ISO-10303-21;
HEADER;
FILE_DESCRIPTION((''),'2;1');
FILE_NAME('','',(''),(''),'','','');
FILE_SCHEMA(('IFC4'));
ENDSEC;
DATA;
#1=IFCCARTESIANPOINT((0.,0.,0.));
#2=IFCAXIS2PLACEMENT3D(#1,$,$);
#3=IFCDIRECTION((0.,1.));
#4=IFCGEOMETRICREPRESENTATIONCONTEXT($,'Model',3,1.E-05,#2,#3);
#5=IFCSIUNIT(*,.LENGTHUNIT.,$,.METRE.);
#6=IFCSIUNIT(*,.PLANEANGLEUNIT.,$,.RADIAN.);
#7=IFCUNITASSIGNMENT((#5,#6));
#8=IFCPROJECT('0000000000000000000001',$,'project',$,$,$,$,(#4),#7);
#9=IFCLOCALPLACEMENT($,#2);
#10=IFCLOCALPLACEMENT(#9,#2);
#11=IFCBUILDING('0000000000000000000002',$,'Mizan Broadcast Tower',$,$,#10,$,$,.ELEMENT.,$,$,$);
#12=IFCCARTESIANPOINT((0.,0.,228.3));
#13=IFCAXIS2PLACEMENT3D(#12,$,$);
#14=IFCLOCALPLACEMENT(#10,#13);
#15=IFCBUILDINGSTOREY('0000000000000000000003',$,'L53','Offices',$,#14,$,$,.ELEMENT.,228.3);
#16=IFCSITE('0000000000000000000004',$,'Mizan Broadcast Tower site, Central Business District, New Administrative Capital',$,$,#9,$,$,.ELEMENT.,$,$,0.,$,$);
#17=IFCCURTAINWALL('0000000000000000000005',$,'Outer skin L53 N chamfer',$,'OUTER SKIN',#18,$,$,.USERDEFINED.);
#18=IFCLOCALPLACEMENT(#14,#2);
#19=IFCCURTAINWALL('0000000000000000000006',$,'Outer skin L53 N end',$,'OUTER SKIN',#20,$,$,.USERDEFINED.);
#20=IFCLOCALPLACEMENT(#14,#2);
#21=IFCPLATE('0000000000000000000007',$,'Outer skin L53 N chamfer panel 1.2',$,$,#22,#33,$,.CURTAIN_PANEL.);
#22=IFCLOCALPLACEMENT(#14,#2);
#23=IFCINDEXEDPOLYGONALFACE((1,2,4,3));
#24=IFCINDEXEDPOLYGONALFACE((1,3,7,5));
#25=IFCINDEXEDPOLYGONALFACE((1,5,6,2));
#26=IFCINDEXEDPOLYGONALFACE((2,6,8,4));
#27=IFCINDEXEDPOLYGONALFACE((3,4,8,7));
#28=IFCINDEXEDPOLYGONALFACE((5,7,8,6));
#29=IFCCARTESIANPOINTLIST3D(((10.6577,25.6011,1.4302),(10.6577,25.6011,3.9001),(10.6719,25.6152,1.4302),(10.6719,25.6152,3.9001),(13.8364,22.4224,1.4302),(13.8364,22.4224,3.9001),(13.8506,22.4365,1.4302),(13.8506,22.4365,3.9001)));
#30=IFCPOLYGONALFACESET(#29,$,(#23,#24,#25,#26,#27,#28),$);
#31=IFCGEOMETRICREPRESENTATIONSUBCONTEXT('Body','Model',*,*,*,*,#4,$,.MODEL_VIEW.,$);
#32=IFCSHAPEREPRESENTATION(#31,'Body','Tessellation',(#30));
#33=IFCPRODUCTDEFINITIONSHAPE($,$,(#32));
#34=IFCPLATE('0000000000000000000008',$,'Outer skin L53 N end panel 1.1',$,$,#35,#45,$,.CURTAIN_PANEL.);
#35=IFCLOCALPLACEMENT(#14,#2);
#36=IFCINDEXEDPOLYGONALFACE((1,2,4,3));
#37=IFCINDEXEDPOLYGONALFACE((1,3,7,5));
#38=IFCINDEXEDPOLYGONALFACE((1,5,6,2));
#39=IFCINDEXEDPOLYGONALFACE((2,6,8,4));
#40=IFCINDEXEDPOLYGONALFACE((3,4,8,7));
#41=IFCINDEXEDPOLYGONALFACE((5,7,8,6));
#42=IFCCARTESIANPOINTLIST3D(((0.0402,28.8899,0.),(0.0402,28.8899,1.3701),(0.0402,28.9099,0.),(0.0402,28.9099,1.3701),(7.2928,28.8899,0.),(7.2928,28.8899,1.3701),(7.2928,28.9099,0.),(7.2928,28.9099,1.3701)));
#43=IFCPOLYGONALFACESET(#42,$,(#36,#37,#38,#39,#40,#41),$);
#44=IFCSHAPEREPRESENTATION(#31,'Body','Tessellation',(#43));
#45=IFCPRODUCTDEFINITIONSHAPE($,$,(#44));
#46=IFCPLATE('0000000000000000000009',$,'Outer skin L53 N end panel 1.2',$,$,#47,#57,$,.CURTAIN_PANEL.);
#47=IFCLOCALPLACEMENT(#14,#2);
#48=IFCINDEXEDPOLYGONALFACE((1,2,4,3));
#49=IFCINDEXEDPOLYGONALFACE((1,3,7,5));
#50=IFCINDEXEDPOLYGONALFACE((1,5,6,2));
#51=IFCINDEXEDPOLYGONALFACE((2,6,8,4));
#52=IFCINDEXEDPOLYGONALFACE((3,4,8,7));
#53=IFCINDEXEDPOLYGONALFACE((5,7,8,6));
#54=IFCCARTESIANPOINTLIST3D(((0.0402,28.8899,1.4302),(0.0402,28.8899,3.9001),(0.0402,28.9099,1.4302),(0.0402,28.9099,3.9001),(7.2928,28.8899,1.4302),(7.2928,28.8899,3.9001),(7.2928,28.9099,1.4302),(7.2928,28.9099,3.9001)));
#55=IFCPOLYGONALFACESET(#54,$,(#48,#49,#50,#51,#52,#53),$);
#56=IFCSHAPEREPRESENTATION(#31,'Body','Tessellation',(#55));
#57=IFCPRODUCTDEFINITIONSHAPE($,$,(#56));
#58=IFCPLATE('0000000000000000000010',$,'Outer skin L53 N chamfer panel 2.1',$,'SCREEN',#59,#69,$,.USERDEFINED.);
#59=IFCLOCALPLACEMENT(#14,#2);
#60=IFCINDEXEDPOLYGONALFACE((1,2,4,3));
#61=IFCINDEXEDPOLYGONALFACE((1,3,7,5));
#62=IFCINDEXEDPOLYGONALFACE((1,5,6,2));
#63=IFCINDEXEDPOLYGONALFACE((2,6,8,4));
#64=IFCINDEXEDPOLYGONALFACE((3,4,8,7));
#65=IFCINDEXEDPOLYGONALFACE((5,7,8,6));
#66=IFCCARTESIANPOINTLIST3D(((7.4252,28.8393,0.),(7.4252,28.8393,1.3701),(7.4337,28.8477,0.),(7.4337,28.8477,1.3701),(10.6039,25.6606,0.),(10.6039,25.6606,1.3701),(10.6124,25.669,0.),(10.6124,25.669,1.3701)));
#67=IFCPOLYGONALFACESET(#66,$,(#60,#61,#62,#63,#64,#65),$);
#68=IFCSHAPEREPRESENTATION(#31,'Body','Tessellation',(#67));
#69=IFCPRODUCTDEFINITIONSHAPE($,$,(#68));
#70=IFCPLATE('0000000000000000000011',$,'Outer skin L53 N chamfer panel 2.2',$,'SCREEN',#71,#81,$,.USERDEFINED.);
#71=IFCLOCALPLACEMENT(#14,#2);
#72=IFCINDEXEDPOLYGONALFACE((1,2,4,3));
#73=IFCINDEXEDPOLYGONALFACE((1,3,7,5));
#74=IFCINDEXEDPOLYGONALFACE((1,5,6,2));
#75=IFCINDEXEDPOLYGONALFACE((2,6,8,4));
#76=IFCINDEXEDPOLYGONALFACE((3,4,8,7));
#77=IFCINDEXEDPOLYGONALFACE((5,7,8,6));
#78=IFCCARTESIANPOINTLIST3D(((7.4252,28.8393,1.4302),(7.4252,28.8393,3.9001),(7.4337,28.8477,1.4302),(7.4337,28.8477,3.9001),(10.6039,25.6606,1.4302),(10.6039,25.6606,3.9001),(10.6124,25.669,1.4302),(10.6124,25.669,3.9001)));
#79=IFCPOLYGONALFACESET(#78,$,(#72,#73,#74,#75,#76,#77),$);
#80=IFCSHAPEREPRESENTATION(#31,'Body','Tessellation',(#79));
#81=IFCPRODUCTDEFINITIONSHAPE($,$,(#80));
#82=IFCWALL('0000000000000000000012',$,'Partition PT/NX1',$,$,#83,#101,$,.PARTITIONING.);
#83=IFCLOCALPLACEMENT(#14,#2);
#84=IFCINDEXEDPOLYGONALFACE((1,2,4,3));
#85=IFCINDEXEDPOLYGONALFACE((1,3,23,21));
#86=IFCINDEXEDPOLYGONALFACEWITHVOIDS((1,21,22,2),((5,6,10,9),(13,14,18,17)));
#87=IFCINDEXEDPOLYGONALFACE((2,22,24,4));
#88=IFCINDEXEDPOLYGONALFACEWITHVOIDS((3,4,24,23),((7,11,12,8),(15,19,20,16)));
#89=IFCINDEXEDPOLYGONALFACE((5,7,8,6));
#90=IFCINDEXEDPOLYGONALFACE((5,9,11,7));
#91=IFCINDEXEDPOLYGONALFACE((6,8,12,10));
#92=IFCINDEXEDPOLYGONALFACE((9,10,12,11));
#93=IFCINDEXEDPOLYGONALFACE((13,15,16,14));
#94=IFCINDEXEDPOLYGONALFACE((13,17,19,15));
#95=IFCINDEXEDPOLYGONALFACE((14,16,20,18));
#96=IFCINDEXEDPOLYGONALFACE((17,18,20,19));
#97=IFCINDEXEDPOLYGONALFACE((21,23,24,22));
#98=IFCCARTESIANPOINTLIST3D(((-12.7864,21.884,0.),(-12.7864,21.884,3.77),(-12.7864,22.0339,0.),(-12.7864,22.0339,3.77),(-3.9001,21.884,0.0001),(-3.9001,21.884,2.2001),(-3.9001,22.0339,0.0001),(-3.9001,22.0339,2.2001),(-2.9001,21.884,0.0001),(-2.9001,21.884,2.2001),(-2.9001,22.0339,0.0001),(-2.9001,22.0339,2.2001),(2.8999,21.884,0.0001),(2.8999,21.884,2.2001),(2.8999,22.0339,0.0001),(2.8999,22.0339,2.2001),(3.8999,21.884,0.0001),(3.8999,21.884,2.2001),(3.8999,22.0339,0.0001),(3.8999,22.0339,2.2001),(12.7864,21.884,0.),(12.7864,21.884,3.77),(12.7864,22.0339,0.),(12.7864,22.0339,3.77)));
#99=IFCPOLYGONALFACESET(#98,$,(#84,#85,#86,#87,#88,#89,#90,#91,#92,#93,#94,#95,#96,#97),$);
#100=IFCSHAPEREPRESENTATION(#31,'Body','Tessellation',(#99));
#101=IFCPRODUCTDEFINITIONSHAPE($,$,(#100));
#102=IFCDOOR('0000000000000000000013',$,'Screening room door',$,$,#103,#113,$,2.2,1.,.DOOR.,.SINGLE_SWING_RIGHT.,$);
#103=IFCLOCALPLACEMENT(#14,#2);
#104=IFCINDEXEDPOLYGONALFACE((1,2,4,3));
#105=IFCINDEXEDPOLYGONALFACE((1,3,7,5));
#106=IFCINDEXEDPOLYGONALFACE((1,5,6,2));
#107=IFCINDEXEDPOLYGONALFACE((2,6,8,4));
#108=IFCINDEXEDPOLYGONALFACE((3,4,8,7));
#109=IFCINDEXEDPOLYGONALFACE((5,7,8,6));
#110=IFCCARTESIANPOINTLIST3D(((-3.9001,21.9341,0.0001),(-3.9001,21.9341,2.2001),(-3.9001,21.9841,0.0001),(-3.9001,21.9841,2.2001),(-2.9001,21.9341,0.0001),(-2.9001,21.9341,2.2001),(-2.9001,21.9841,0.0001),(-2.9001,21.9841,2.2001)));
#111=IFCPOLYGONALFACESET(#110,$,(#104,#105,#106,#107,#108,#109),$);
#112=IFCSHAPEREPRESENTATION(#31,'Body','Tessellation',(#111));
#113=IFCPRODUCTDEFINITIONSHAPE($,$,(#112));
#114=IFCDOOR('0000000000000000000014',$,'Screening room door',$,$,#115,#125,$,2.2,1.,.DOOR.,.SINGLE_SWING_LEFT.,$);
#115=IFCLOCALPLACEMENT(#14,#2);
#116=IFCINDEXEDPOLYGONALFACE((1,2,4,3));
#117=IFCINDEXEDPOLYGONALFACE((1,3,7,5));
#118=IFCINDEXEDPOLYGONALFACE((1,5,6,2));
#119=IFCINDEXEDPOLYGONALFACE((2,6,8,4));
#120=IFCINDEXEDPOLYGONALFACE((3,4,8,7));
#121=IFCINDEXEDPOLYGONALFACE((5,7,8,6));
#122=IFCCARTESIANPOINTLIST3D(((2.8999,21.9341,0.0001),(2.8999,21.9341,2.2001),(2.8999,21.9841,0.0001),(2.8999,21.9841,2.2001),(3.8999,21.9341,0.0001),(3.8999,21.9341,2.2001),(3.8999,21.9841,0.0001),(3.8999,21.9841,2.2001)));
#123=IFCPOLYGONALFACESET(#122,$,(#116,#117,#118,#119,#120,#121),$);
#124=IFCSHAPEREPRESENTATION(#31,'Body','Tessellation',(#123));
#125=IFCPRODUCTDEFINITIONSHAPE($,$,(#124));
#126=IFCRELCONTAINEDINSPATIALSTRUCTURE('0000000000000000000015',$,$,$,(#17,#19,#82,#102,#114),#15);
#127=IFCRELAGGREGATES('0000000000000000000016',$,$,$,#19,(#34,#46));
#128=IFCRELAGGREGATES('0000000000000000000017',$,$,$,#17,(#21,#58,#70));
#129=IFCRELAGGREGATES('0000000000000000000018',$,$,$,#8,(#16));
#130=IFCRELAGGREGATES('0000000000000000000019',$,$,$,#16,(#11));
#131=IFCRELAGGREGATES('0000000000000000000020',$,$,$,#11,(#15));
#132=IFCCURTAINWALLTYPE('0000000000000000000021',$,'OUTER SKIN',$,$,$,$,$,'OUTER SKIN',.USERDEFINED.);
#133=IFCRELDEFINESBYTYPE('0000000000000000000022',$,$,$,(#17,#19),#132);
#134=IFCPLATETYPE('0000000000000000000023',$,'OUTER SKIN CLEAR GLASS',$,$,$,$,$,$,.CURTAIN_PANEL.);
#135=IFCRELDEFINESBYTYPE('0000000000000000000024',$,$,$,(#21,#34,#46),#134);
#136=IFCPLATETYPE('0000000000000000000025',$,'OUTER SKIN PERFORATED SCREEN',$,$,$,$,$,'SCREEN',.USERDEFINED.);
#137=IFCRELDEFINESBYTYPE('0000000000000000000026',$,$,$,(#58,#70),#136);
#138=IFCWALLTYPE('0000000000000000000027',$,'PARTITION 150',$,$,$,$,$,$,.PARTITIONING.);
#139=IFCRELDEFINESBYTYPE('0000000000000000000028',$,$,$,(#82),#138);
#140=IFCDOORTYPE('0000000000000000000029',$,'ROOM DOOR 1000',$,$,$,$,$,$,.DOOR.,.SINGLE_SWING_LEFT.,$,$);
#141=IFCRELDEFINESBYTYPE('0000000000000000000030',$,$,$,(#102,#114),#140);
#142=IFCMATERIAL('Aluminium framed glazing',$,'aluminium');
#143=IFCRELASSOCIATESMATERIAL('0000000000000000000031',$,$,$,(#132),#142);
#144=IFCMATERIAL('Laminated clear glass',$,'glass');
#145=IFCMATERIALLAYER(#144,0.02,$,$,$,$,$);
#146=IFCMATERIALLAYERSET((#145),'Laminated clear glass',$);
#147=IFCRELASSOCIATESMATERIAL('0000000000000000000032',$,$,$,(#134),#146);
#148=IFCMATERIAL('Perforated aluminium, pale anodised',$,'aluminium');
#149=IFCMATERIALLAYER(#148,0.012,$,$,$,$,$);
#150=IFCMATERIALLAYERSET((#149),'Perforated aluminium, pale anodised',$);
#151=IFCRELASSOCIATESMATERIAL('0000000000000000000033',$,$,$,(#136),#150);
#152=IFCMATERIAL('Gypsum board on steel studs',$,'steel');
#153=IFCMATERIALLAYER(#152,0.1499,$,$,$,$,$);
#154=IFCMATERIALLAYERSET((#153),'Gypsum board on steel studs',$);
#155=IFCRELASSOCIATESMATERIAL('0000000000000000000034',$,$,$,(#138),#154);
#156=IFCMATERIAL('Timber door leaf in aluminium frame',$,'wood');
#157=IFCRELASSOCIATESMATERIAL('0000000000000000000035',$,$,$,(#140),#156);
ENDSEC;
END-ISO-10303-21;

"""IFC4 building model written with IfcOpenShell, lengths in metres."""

from ifc_helpers import new_model, si_unit, direction, frame, frame_2d, origin, origin_2d, place, context, subcontext, project, spatial, rectangle, extrude, material, layer, layer_set, type_object, element, fill, aggregate, save


model = new_model("IFC4")

# Units and contexts
model_context = context("Model", 3, precision=1e-05, world=origin(), true_north=direction((0.0, 1.0)))
body_context = subcontext(model_context, "Body", "Model", "MODEL_VIEW")
ifc_project = project(units=[si_unit("LENGTHUNIT", "METRE"), si_unit("PLANEANGLEUNIT", "RADIAN")], contexts=[model_context])

# Site, building, storey
site_placement = place(None, origin())
site = spatial("IfcSite", under=ifc_project, at=site_placement, Name="Mizan Broadcast Tower site, Central Business District, New Administrative Capital", CompositionType="ELEMENT", RefElevation=0.0)
building_placement = place(site_placement, origin())
building = spatial("IfcBuilding", under=site, at=building_placement, Name="Mizan Broadcast Tower", CompositionType="ELEMENT")
storey_placement = place(building_placement, frame((0.0, 0.0, 228.3)))
storey = spatial("IfcBuildingStorey", under=building, at=storey_placement, Name="L53", Description="Offices", CompositionType="ELEMENT", Elevation=228.3)

# Curtain wall
ifc_material_1 = material(Name="Aluminium framed glazing", Category="aluminium")
curtain_wall_type_1 = type_object("IfcCurtainWallType", Name="OUTER SKIN", ElementType="OUTER SKIN", PredefinedType="USERDEFINED", material=ifc_material_1)
curtain_wall_1_placement = place(storey_placement, origin())
curtain_wall_1 = element("IfcCurtainWall", 1, at=curtain_wall_1_placement, inside=storey, type_object=curtain_wall_type_1, Name="Outer skin L53 N chamfer", ObjectType="OUTER SKIN", PredefinedType="USERDEFINED")

# Curtain wall
curtain_wall_2_placement = place(storey_placement, origin())
curtain_wall_2 = element("IfcCurtainWall", 2, at=curtain_wall_2_placement, inside=storey, type_object=curtain_wall_type_1, Name="Outer skin L53 N end", ObjectType="OUTER SKIN", PredefinedType="USERDEFINED")

# Plates
ifc_material_2 = material(Name="Laminated clear glass", Category="glass")
ifc_layer_1 = layer(ifc_material_2, 0.02)
ifc_layer_set_1 = layer_set([ifc_layer_1], Name="Laminated clear glass")
plate_type_1 = type_object("IfcPlateType", Name="OUTER SKIN CLEAR GLASS", PredefinedType="CURTAIN_PANEL", material=ifc_layer_set_1)
plate_1_placement = place(storey_placement, frame((12.2542, 24.0188, 1.4302), z_axis=(0.0, 0.0, 1.0), x_axis=(-0.707107, 0.707107, 0.0)))
plate_1 = element("IfcPlate", 3, at=plate_1_placement, type_object=plate_type_1, Name="Outer skin L53 N chamfer panel 1.2", PredefinedType="CURTAIN_PANEL", context=body_context, shape_type="SweptSolid", body=[
    extrude(rectangle(XDim=4.4954, YDim=0.02, at=origin_2d()), origin(), (0.0, 0.0, 1.0), 2.47),
])
plate_2_placement = place(storey_placement, frame((3.6665, 28.8999, 0.0), z_axis=(0.0, 0.0, 1.0), x_axis=(-1.0, 0.0, 0.0)))
plate_2 = element("IfcPlate", 4, at=plate_2_placement, type_object=plate_type_1, Name="Outer skin L53 N end panel 1.1", PredefinedType="CURTAIN_PANEL", context=body_context, shape_type="SweptSolid", body=[
    extrude(rectangle(XDim=7.2527, YDim=0.02, at=origin_2d()), origin(), (0.0, 0.0, 1.0), 1.3701),
])
plate_3_placement = place(storey_placement, frame((3.6665, 28.8999, 1.4302), z_axis=(0.0, 0.0, 1.0), x_axis=(-1.0, 0.0, 0.0)))
plate_3 = element("IfcPlate", 5, at=plate_3_placement, type_object=plate_type_1, Name="Outer skin L53 N end panel 1.2", PredefinedType="CURTAIN_PANEL", context=body_context, shape_type="SweptSolid", body=[
    extrude(rectangle(XDim=7.2527, YDim=0.02, at=origin_2d()), origin(), (0.0, 0.0, 1.0), 2.47),
])
aggregate(curtain_wall_2, [plate_2, plate_3])
ifc_material_3 = material(Name="Perforated aluminium, pale anodised", Category="aluminium")
ifc_layer_2 = layer(ifc_material_3, 0.012)
ifc_layer_set_2 = layer_set([ifc_layer_2], Name="Perforated aluminium, pale anodised")
plate_type_2 = type_object("IfcPlateType", Name="OUTER SKIN PERFORATED SCREEN", ElementType="SCREEN", PredefinedType="USERDEFINED", material=ifc_layer_set_2)
plate_4_placement = place(storey_placement, frame((9.0188, 27.2542, 0.0), z_axis=(0.0, 0.0, 1.0), x_axis=(-0.707107, 0.707107, 0.0)))
plate_4 = element("IfcPlate", 6, at=plate_4_placement, type_object=plate_type_2, Name="Outer skin L53 N chamfer panel 2.1", ObjectType="SCREEN", PredefinedType="USERDEFINED", context=body_context, shape_type="SweptSolid", body=[
    extrude(rectangle(XDim=4.4954, YDim=0.012, at=origin_2d()), origin(), (0.0, 0.0, 1.0), 1.3701),
])
plate_5_placement = place(storey_placement, frame((9.0188, 27.2542, 1.4302), z_axis=(0.0, 0.0, 1.0), x_axis=(-0.707107, 0.707107, 0.0)))
plate_5 = element("IfcPlate", 7, at=plate_5_placement, type_object=plate_type_2, Name="Outer skin L53 N chamfer panel 2.2", ObjectType="SCREEN", PredefinedType="USERDEFINED", context=body_context, shape_type="SweptSolid", body=[
    extrude(rectangle(XDim=4.4954, YDim=0.012, at=origin_2d()), origin(), (0.0, 0.0, 1.0), 2.47),
])
aggregate(curtain_wall_1, [plate_1, plate_4, plate_5])

# Wall, openings, doors
ifc_material_4 = material(Name="Gypsum board on steel studs", Category="steel")
ifc_layer_3 = layer(ifc_material_4, 0.1499)
ifc_layer_set_3 = layer_set([ifc_layer_3], Name="Gypsum board on steel studs")
wall_type = type_object("IfcWallType", Name="PARTITION 150", PredefinedType="PARTITIONING", material=ifc_layer_set_3)
wall_placement = place(storey_placement, frame((12.7864, 21.959, 0.0), z_axis=(0.0, 0.0, 1.0), x_axis=(-1.0, 0.0, 0.0)))
wall = element("IfcWall", 8, at=wall_placement, inside=storey, type_object=wall_type, Name="Partition PT/NX1", PredefinedType="PARTITIONING", context=body_context, shape_type="SweptSolid", body=[
    extrude(rectangle(XDim=25.5728, YDim=0.1499, at=frame_2d((12.7864, 0.0))), origin(), (0.0, 0.0, 1.0), 3.77),
])
opening_1_placement = place(wall_placement, frame((15.6865, 0.0, 0.0)))
opening_1 = element("IfcOpeningElement", 9, at=opening_1_placement, cuts=wall, PredefinedType="OPENING", context=body_context, shape_type="SweptSolid", body=[
    extrude(rectangle(XDim=1.0, YDim=2.2, at=frame_2d((0.5, 1.1001))), frame((0.0, 0.085, 0.0), z_axis=(0.0, -1.0, 0.0), x_axis=(1.0, 0.0, 0.0)), (0.0, 0.0, 1.0), 0.1699),
])
opening_2_placement = place(wall_placement, frame((8.8865, 0.0, 0.0)))
opening_2 = element("IfcOpeningElement", 10, at=opening_2_placement, cuts=wall, PredefinedType="OPENING", context=body_context, shape_type="SweptSolid", body=[
    extrude(rectangle(XDim=1.0, YDim=2.2, at=frame_2d((0.5, 1.1001))), frame((0.0, 0.085, 0.0), z_axis=(0.0, -1.0, 0.0), x_axis=(1.0, 0.0, 0.0)), (0.0, 0.0, 1.0), 0.1699),
])
ifc_material_5 = material(Name="Timber door leaf in aluminium frame", Category="wood")
door_type = type_object("IfcDoorType", Name="ROOM DOOR 1000", OperationType="SINGLE_SWING_LEFT", PredefinedType="DOOR", material=ifc_material_5)
door_1_placement = place(opening_1_placement, origin())
door_1 = element("IfcDoor", 11, at=door_1_placement, inside=storey, type_object=door_type, Name="Screening room door", OperationType="SINGLE_SWING_RIGHT", OverallHeight=2.2, OverallWidth=1.0, PredefinedType="DOOR", context=body_context, shape_type="SweptSolid", body=[
    extrude(rectangle(XDim=1.0, YDim=2.2, at=frame_2d((0.5, 1.1001))), frame((0.0, 0.0249, 0.0), z_axis=(0.0, -1.0, 0.0), x_axis=(1.0, 0.0, 0.0)), (0.0, 0.0, 1.0), 0.05),
])
fill(opening_1, door_1)
door_2_placement = place(opening_2_placement, origin())
door_2 = element("IfcDoor", 12, at=door_2_placement, inside=storey, type_object=door_type, Name="Screening room door", OperationType="SINGLE_SWING_LEFT", OverallHeight=2.2, OverallWidth=1.0, PredefinedType="DOOR", context=body_context, shape_type="SweptSolid", body=[
    extrude(rectangle(XDim=1.0, YDim=2.2, at=frame_2d((0.5, 1.1001))), frame((0.0, 0.0249, 0.0), z_axis=(0.0, -1.0, 0.0), x_axis=(1.0, 0.0, 0.0)), (0.0, 0.0, 1.0), 0.05),
])
fill(opening_2, door_2)

save(model, "model.ifc")
